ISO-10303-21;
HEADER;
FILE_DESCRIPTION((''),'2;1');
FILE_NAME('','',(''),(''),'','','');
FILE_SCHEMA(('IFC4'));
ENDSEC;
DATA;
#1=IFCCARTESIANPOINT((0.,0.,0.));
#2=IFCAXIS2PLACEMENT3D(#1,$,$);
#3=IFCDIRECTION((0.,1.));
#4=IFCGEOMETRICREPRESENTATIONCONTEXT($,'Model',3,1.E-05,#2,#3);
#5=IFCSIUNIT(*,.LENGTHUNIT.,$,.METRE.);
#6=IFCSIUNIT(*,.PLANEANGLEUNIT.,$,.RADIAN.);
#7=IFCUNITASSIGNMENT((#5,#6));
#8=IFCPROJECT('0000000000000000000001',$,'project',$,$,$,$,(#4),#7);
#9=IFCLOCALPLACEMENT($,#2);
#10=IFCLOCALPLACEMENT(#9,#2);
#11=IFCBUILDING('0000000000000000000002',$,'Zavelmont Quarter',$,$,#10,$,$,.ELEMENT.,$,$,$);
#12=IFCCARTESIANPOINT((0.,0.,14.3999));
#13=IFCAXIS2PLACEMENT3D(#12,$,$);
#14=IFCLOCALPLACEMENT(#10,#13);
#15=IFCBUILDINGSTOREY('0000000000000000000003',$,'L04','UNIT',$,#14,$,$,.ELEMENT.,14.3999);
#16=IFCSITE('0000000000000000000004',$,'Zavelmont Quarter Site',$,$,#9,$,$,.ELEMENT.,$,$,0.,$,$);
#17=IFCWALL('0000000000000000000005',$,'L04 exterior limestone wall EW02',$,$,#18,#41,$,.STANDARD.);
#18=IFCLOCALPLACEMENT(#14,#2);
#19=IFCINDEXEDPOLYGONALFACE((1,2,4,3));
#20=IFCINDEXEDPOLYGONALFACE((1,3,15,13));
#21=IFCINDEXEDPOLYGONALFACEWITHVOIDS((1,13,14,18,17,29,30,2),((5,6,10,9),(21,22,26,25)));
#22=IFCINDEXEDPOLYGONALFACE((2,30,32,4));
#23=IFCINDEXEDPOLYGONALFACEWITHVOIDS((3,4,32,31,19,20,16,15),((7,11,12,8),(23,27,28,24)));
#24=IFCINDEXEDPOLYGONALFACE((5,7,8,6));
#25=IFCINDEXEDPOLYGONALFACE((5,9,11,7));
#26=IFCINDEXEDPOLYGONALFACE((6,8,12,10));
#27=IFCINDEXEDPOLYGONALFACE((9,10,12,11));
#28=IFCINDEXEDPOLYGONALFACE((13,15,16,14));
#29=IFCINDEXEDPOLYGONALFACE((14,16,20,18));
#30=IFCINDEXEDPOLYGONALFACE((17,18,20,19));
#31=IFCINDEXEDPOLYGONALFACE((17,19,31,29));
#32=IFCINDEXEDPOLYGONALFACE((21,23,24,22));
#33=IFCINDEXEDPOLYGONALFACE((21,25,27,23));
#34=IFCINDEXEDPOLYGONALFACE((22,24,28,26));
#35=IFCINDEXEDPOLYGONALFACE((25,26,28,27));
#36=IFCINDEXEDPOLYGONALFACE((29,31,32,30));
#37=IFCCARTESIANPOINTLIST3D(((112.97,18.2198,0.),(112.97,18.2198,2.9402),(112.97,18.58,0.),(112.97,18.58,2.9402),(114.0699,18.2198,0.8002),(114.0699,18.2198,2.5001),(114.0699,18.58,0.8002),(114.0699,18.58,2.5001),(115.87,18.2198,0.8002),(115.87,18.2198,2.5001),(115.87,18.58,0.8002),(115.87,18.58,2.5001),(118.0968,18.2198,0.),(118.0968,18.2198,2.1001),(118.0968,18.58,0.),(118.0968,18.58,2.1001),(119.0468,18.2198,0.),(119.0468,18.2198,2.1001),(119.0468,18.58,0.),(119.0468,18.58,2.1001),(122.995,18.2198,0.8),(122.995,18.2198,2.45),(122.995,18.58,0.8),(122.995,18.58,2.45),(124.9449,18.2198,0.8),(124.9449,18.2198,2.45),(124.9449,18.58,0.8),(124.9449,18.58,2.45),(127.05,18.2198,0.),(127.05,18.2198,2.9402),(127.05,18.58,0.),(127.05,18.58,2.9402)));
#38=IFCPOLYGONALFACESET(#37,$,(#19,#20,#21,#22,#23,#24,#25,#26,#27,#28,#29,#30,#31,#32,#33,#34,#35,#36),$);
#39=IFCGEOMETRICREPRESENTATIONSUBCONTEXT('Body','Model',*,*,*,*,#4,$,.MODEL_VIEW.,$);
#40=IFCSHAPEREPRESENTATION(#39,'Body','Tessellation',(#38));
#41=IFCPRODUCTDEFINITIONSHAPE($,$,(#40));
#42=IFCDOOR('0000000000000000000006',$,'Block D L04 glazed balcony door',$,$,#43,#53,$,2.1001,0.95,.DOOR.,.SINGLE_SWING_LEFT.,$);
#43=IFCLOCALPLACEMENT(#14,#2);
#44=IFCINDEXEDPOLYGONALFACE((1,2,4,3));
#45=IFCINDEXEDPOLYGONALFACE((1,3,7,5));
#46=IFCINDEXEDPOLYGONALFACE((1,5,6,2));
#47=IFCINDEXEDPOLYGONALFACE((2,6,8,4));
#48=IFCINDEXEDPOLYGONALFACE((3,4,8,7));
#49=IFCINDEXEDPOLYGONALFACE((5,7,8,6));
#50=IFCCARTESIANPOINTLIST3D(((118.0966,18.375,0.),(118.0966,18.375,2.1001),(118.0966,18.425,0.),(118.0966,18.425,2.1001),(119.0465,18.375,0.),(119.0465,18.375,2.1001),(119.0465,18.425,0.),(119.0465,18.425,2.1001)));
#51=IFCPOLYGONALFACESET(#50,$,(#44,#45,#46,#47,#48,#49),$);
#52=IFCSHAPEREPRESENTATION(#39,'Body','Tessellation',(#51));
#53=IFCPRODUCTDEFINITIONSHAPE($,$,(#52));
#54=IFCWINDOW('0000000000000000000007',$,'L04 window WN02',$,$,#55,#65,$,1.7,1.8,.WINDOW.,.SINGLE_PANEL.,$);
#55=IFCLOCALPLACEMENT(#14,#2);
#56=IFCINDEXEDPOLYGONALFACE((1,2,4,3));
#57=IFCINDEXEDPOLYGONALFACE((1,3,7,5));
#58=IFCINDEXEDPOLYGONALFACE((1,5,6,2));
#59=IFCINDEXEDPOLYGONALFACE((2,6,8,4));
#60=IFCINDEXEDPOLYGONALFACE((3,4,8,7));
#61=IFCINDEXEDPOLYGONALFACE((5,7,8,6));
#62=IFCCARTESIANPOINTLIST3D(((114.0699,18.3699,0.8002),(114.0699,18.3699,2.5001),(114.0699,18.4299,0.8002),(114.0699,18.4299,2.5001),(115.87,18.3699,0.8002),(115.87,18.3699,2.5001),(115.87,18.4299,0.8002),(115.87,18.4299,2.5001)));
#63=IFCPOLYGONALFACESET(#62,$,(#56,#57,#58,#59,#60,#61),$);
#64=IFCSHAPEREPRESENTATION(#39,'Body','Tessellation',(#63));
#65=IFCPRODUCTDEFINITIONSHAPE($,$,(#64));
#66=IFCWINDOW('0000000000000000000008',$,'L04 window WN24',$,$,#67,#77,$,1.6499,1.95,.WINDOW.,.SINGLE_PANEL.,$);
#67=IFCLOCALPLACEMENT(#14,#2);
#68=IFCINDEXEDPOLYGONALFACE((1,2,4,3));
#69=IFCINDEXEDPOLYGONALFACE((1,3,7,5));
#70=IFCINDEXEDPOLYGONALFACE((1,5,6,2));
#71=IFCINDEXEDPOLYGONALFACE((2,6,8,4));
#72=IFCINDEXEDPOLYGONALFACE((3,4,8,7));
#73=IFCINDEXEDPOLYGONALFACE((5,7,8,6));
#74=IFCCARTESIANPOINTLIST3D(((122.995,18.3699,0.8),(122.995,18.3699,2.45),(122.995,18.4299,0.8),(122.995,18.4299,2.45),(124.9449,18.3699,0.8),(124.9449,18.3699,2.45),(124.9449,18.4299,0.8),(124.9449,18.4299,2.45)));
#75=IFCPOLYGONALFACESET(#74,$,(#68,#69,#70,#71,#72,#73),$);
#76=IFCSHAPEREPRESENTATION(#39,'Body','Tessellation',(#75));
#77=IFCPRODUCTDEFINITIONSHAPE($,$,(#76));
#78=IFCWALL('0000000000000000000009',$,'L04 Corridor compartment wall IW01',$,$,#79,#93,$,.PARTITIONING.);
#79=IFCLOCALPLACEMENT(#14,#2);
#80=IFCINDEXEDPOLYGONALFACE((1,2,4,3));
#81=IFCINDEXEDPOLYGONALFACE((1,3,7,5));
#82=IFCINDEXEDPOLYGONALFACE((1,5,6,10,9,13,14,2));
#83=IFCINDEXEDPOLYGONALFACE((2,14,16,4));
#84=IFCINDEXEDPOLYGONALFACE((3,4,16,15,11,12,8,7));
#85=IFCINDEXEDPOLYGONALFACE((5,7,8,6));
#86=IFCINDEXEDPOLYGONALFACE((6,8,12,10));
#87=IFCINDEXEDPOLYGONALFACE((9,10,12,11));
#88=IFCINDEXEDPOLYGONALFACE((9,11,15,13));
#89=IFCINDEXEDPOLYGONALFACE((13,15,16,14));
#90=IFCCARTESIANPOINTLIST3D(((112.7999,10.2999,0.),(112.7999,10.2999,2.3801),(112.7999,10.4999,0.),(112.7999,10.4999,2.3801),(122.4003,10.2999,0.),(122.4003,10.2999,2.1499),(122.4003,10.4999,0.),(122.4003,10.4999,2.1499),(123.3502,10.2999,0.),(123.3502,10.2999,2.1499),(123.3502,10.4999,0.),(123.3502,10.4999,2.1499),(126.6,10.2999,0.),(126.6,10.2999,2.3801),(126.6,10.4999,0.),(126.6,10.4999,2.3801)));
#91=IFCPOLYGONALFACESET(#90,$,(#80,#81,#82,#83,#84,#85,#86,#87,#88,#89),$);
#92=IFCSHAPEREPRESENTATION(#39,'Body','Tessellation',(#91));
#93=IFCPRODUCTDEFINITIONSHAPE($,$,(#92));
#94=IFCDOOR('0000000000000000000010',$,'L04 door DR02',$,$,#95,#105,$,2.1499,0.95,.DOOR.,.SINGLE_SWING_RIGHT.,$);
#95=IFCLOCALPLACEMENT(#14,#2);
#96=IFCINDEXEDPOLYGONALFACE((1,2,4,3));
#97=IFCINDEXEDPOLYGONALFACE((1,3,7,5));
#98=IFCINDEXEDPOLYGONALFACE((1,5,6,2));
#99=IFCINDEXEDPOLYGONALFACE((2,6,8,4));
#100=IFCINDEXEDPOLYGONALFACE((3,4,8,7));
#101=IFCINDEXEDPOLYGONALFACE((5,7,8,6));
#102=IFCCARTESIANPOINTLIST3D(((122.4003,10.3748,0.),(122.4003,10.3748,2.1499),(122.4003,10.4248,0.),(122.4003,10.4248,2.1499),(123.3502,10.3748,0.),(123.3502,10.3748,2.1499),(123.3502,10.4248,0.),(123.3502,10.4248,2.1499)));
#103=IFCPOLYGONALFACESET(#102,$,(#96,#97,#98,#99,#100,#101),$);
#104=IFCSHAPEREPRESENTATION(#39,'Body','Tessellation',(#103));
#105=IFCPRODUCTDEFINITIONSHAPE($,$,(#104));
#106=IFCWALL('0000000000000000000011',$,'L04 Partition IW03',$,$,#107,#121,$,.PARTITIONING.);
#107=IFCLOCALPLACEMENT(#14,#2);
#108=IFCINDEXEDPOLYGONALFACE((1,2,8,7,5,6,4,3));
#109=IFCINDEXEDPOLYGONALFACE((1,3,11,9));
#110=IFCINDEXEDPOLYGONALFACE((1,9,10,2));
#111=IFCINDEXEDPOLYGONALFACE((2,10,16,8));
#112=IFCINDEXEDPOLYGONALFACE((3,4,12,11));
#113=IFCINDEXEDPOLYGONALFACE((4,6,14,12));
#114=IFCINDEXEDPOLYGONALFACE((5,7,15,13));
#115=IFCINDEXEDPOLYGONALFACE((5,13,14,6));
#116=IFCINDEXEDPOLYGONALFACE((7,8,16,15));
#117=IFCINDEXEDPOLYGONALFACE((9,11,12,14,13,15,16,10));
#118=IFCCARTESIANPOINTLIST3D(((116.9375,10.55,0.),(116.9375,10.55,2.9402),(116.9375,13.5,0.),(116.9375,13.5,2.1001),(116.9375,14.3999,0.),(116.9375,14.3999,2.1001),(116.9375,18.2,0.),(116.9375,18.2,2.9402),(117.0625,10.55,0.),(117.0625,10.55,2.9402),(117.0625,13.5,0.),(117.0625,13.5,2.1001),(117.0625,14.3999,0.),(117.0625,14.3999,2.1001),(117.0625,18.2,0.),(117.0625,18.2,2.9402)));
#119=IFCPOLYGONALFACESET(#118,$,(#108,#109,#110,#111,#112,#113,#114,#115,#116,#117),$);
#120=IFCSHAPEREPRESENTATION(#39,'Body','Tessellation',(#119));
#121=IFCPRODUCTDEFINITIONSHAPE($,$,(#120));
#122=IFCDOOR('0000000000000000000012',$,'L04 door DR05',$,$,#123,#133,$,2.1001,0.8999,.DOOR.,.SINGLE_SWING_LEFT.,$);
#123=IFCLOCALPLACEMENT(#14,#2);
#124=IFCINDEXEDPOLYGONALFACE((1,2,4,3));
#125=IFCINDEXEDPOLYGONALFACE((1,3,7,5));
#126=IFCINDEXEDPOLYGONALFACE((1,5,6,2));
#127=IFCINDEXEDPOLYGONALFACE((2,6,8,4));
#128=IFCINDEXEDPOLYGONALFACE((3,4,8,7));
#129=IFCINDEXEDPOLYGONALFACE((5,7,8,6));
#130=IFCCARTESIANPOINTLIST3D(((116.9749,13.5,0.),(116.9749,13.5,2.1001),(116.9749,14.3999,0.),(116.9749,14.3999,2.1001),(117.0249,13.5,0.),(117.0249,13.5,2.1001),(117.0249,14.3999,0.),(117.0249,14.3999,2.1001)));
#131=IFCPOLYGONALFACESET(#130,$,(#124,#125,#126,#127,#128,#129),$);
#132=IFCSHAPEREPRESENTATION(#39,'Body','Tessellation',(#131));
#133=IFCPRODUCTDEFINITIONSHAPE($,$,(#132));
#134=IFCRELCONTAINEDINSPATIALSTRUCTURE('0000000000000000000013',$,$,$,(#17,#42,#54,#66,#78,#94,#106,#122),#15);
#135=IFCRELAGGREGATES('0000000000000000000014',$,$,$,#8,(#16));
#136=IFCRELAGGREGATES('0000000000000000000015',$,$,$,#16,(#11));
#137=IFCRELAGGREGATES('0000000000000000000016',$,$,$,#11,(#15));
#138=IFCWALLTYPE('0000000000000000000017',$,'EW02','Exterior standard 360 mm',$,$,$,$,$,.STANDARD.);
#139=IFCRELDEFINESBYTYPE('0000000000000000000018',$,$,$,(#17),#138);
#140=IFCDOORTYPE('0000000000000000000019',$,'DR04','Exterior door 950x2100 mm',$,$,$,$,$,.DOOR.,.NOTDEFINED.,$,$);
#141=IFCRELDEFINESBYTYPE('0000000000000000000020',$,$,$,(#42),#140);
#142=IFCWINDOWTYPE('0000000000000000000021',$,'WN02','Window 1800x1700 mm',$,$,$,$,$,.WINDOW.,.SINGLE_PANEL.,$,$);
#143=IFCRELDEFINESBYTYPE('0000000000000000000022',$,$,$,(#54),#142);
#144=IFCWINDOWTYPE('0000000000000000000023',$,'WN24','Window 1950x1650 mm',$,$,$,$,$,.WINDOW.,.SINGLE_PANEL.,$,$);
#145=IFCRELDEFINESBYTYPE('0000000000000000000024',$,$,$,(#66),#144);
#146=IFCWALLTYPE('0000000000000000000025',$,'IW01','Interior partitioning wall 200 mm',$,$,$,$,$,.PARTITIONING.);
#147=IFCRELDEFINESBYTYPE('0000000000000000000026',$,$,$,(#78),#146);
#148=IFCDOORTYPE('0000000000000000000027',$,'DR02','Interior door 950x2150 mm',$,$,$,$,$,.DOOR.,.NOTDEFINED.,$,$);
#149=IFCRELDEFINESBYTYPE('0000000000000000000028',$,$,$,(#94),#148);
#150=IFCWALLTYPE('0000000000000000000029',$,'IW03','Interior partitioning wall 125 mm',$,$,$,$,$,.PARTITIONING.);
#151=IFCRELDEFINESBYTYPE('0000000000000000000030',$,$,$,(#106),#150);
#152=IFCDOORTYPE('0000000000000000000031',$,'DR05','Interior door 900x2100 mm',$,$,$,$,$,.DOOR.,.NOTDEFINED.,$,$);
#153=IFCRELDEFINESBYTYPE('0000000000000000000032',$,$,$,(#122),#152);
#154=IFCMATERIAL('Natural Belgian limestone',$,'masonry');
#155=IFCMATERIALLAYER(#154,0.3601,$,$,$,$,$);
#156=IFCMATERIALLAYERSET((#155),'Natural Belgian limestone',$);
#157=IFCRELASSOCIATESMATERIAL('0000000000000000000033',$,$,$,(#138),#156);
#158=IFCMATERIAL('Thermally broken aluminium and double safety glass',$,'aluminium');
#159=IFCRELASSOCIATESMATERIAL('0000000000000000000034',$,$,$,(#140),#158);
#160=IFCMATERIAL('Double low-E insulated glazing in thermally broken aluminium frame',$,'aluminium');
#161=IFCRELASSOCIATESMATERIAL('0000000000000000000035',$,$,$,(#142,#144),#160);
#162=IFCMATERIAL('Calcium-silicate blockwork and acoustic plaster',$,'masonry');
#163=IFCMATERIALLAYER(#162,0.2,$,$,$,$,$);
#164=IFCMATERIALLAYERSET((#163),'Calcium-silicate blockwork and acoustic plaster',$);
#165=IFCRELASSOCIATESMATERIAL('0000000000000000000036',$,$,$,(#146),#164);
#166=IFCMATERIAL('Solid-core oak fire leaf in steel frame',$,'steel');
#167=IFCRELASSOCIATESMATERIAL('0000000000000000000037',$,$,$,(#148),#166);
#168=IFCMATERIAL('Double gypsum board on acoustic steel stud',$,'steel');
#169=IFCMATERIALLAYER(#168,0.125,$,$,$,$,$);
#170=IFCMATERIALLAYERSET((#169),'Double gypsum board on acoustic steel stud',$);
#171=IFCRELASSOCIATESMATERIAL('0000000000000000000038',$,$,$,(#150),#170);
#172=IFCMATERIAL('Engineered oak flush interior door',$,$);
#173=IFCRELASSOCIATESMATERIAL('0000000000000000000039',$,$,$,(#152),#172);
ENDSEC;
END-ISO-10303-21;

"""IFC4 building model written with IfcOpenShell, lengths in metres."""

from ifc_helpers import new_model, si_unit, direction, frame, frame_2d, origin, origin_with_axes, place, context, subcontext, project, spatial, rectangle, extrude, material, layer, layer_set, type_object, element, fill, save


model = new_model("IFC4")

# Units and contexts
model_context = context("Model", 3, precision=1e-05, world=origin(), true_north=direction((0.0, 1.0)))
body_context = subcontext(model_context, "Body", "Model", "MODEL_VIEW")
ifc_project = project(units=[si_unit("LENGTHUNIT", "METRE"), si_unit("PLANEANGLEUNIT", "RADIAN")], contexts=[model_context])

# Site, building, storey
site_placement = place(None, origin())
site = spatial("IfcSite", under=ifc_project, at=site_placement, Name="Zavelmont Quarter Site", CompositionType="ELEMENT", RefElevation=0.0)
building_placement = place(site_placement, origin())
building = spatial("IfcBuilding", under=site, at=building_placement, Name="Zavelmont Quarter", CompositionType="ELEMENT")
storey_placement = place(building_placement, frame((0.0, 0.0, 14.3999)))
storey = spatial("IfcBuildingStorey", under=building, at=storey_placement, Name="L04", Description="UNIT", CompositionType="ELEMENT", Elevation=14.3999)

# Wall, openings, door, windows
ifc_material_1 = material(Name="Natural Belgian limestone", Category="masonry")
ifc_layer_1 = layer(ifc_material_1, 0.3601)
ifc_layer_set_1 = layer_set([ifc_layer_1], Name="Natural Belgian limestone")
wall_type_1 = type_object("IfcWallType", Name="EW02", Description="Exterior standard 360 mm", PredefinedType="STANDARD", material=ifc_layer_set_1)
wall_1_placement = place(storey_placement, frame((112.97, 18.3999, 0.0), z_axis=(0.0, 0.0, 1.0), x_axis=(1.0, 0.0, 0.0)))
wall_1 = element("IfcWall", 1, at=wall_1_placement, inside=storey, type_object=wall_type_1, Name="L04 exterior limestone wall EW02", PredefinedType="STANDARD", context=body_context, shape_type="SweptSolid", body=[
    extrude(rectangle(XDim=14.0801, YDim=0.3601, at=frame_2d((7.04, 0.0))), origin(), (0.0, 0.0, 1.0), 2.9402),
])
opening_1_placement = place(wall_1_placement, frame((5.1267, 0.0, 0.0)))
opening_1 = element("IfcOpeningElement", 2, at=opening_1_placement, cuts=wall_1, PredefinedType="OPENING", context=body_context, shape_type="SweptSolid", body=[
    extrude(rectangle(XDim=0.95, YDim=2.1001, at=frame_2d((0.4751, 1.05))), frame((0.0, 0.1919, 0.0), z_axis=(0.0, -1.0, 0.0), x_axis=(1.0, 0.0, 0.0)), (0.0, 0.0, 1.0), 0.384),
])
opening_2_placement = place(wall_1_placement, frame((1.1001, 0.0, 0.8)))
opening_2 = element("IfcOpeningElement", 3, at=opening_2_placement, cuts=wall_1, PredefinedType="OPENING", context=body_context, shape_type="SweptSolid", body=[
    extrude(rectangle(XDim=1.8, YDim=1.7, at=frame_2d((0.8999, 0.8501))), frame((0.0, 0.1919, 0.0), z_axis=(0.0, -1.0, 0.0), x_axis=(1.0, 0.0, 0.0)), (0.0, 0.0, 1.0), 0.384),
])
opening_3_placement = place(wall_1_placement, frame((10.0249, 0.0, 0.8)))
opening_3 = element("IfcOpeningElement", 4, at=opening_3_placement, cuts=wall_1, PredefinedType="OPENING", context=body_context, shape_type="SweptSolid", body=[
    extrude(rectangle(XDim=1.95, YDim=1.6499, at=frame_2d((0.9751, 0.825))), frame((0.0, 0.1919, 0.0), z_axis=(0.0, -1.0, 0.0), x_axis=(1.0, 0.0, 0.0)), (0.0, 0.0, 1.0), 0.384),
])
ifc_material_2 = material(Name="Thermally broken aluminium and double safety glass", Category="aluminium")
door_type_1 = type_object("IfcDoorType", Name="DR04", Description="Exterior door 950x2100 mm", OperationType="NOTDEFINED", PredefinedType="DOOR", material=ifc_material_2)
door_1_placement = place(opening_1_placement, frame((0.95, 0.0, 0.0), z_axis=(0.0, 0.0, 1.0), x_axis=(-1.0, 0.0, 0.0)))
door_1 = element("IfcDoor", 5, at=door_1_placement, inside=storey, type_object=door_type_1, Name="Block D L04 glazed balcony door", OperationType="SINGLE_SWING_LEFT", OverallHeight=2.1001, OverallWidth=0.95, PredefinedType="DOOR", context=body_context, shape_type="SweptSolid", body=[
    extrude(rectangle(XDim=0.95, YDim=2.1001, at=frame_2d((0.4751, 1.05))), frame((0.0, 0.0249, 0.0), z_axis=(0.0, -1.0, 0.0), x_axis=(1.0, 0.0, 0.0)), (0.0, 0.0, 1.0), 0.05),
])
fill(opening_1, door_1)
ifc_material_3 = material(Name="Double low-E insulated glazing in thermally broken aluminium frame", Category="aluminium")
window_type_1 = type_object("IfcWindowType", Name="WN02", Description="Window 1800x1700 mm", PartitioningType="SINGLE_PANEL", PredefinedType="WINDOW", material=ifc_material_3)
window_1_placement = place(opening_2_placement, origin_with_axes())
window_1 = element("IfcWindow", 6, at=window_1_placement, inside=storey, type_object=window_type_1, Name="L04 window WN02", OverallHeight=1.7, OverallWidth=1.8, PartitioningType="SINGLE_PANEL", PredefinedType="WINDOW", context=body_context, shape_type="SweptSolid", body=[
    extrude(rectangle(XDim=1.8, YDim=1.7, at=frame_2d((0.8999, 0.8501))), frame((0.0, 0.03, 0.0), z_axis=(0.0, -1.0, 0.0), x_axis=(1.0, 0.0, 0.0)), (0.0, 0.0, 1.0), 0.0601),
])
fill(opening_2, window_1)
window_type_2 = type_object("IfcWindowType", Name="WN24", Description="Window 1950x1650 mm", PartitioningType="SINGLE_PANEL", PredefinedType="WINDOW", material=ifc_material_3)
window_2_placement = place(opening_3_placement, origin_with_axes())
window_2 = element("IfcWindow", 7, at=window_2_placement, inside=storey, type_object=window_type_2, Name="L04 window WN24", OverallHeight=1.6499, OverallWidth=1.95, PartitioningType="SINGLE_PANEL", PredefinedType="WINDOW", context=body_context, shape_type="SweptSolid", body=[
    extrude(rectangle(XDim=1.95, YDim=1.6499, at=frame_2d((0.9751, 0.825))), frame((0.0, 0.03, 0.0), z_axis=(0.0, -1.0, 0.0), x_axis=(1.0, 0.0, 0.0)), (0.0, 0.0, 1.0), 0.0601),
])
fill(opening_3, window_2)

# Walls, openings, doors
ifc_material_4 = material(Name="Calcium-silicate blockwork and acoustic plaster", Category="masonry")
ifc_layer_2 = layer(ifc_material_4, 0.2)
ifc_layer_set_2 = layer_set([ifc_layer_2], Name="Calcium-silicate blockwork and acoustic plaster")
wall_type_2 = type_object("IfcWallType", Name="IW01", Description="Interior partitioning wall 200 mm", PredefinedType="PARTITIONING", material=ifc_layer_set_2)
wall_2_placement = place(storey_placement, frame((112.8, 10.3999, 0.0), z_axis=(0.0, 0.0, 1.0), x_axis=(1.0, 0.0, 0.0)))
wall_2 = element("IfcWall", 8, at=wall_2_placement, inside=storey, type_object=wall_type_2, Name="L04 Corridor compartment wall IW01", PredefinedType="PARTITIONING", context=body_context, shape_type="SweptSolid", body=[
    extrude(rectangle(XDim=13.8, YDim=0.2, at=frame_2d((6.8999, 0.0))), origin(), (0.0, 0.0, 1.0), 2.3801),
])
opening_4_placement = place(wall_2_placement, frame((9.6001, 0.0, 0.0)))
opening_4 = element("IfcOpeningElement", 9, at=opening_4_placement, cuts=wall_2, PredefinedType="OPENING", context=body_context, shape_type="SweptSolid", body=[
    extrude(rectangle(XDim=0.95, YDim=2.1499, at=frame_2d((0.4751, 1.075))), frame((0.0, 0.1118, 0.0), z_axis=(0.0, -1.0, 0.0), x_axis=(1.0, 0.0, 0.0)), (0.0, 0.0, 1.0), 0.2239),
])
ifc_material_5 = material(Name="Solid-core oak fire leaf in steel frame", Category="steel")
door_type_2 = type_object("IfcDoorType", Name="DR02", Description="Interior door 950x2150 mm", OperationType="NOTDEFINED", PredefinedType="DOOR", material=ifc_material_5)
door_2_placement = place(opening_4_placement, origin_with_axes())
door_2 = element("IfcDoor", 10, at=door_2_placement, inside=storey, type_object=door_type_2, Name="L04 door DR02", OperationType="SINGLE_SWING_RIGHT", OverallHeight=2.1499, OverallWidth=0.95, PredefinedType="DOOR", context=body_context, shape_type="SweptSolid", body=[
    extrude(rectangle(XDim=0.95, YDim=2.1499, at=frame_2d((0.4751, 1.075))), frame((0.0, 0.0249, 0.0), z_axis=(0.0, -1.0, 0.0), x_axis=(1.0, 0.0, 0.0)), (0.0, 0.0, 1.0), 0.05),
])
fill(opening_4, door_2)
ifc_material_6 = material(Name="Double gypsum board on acoustic steel stud", Category="steel")
ifc_layer_3 = layer(ifc_material_6, 0.125)
ifc_layer_set_3 = layer_set([ifc_layer_3], Name="Double gypsum board on acoustic steel stud")
wall_type_3 = type_object("IfcWallType", Name="IW03", Description="Interior partitioning wall 125 mm", PredefinedType="PARTITIONING", material=ifc_layer_set_3)
wall_3_placement = place(storey_placement, frame((117.0, 10.55, 0.0), z_axis=(0.0, 0.0, 1.0), x_axis=(0.0, 1.0, 0.0)))
wall_3 = element("IfcWall", 11, at=wall_3_placement, inside=storey, type_object=wall_type_3, Name="L04 Partition IW03", PredefinedType="PARTITIONING", context=body_context, shape_type="SweptSolid", body=[
    extrude(rectangle(XDim=7.6499, YDim=0.125, at=frame_2d((3.825, 0.0))), origin(), (0.0, 0.0, 1.0), 2.9402),
])
opening_5_placement = place(wall_3_placement, frame((2.95, 0.0, 0.0)))
opening_5 = element("IfcOpeningElement", 12, at=opening_5_placement, cuts=wall_3, PredefinedType="OPENING", context=body_context, shape_type="SweptSolid", body=[
    extrude(rectangle(XDim=0.8999, YDim=2.1001, at=frame_2d((0.45, 1.05))), frame((0.0, 0.0745, 0.0), z_axis=(0.0, -1.0, 0.0), x_axis=(1.0, 0.0, 0.0)), (0.0, 0.0, 1.0), 0.1489),
])
ifc_material_7 = material(Name="Engineered oak flush interior door")
door_type_3 = type_object("IfcDoorType", Name="DR05", Description="Interior door 900x2100 mm", OperationType="NOTDEFINED", PredefinedType="DOOR", material=ifc_material_7)
door_3_placement = place(opening_5_placement, frame((0.8999, 0.0, 0.0), z_axis=(0.0, 0.0, 1.0), x_axis=(-1.0, 0.0, 0.0)))
door_3 = element("IfcDoor", 13, at=door_3_placement, inside=storey, type_object=door_type_3, Name="L04 door DR05", OperationType="SINGLE_SWING_LEFT", OverallHeight=2.1001, OverallWidth=0.8999, PredefinedType="DOOR", context=body_context, shape_type="SweptSolid", body=[
    extrude(rectangle(XDim=0.8999, YDim=2.1001, at=frame_2d((0.45, 1.05))), frame((0.0, 0.0249, 0.0), z_axis=(0.0, -1.0, 0.0), x_axis=(1.0, 0.0, 0.0)), (0.0, 0.0, 1.0), 0.05),
])
fill(opening_5, door_3)

save(model, "model.ifc")
